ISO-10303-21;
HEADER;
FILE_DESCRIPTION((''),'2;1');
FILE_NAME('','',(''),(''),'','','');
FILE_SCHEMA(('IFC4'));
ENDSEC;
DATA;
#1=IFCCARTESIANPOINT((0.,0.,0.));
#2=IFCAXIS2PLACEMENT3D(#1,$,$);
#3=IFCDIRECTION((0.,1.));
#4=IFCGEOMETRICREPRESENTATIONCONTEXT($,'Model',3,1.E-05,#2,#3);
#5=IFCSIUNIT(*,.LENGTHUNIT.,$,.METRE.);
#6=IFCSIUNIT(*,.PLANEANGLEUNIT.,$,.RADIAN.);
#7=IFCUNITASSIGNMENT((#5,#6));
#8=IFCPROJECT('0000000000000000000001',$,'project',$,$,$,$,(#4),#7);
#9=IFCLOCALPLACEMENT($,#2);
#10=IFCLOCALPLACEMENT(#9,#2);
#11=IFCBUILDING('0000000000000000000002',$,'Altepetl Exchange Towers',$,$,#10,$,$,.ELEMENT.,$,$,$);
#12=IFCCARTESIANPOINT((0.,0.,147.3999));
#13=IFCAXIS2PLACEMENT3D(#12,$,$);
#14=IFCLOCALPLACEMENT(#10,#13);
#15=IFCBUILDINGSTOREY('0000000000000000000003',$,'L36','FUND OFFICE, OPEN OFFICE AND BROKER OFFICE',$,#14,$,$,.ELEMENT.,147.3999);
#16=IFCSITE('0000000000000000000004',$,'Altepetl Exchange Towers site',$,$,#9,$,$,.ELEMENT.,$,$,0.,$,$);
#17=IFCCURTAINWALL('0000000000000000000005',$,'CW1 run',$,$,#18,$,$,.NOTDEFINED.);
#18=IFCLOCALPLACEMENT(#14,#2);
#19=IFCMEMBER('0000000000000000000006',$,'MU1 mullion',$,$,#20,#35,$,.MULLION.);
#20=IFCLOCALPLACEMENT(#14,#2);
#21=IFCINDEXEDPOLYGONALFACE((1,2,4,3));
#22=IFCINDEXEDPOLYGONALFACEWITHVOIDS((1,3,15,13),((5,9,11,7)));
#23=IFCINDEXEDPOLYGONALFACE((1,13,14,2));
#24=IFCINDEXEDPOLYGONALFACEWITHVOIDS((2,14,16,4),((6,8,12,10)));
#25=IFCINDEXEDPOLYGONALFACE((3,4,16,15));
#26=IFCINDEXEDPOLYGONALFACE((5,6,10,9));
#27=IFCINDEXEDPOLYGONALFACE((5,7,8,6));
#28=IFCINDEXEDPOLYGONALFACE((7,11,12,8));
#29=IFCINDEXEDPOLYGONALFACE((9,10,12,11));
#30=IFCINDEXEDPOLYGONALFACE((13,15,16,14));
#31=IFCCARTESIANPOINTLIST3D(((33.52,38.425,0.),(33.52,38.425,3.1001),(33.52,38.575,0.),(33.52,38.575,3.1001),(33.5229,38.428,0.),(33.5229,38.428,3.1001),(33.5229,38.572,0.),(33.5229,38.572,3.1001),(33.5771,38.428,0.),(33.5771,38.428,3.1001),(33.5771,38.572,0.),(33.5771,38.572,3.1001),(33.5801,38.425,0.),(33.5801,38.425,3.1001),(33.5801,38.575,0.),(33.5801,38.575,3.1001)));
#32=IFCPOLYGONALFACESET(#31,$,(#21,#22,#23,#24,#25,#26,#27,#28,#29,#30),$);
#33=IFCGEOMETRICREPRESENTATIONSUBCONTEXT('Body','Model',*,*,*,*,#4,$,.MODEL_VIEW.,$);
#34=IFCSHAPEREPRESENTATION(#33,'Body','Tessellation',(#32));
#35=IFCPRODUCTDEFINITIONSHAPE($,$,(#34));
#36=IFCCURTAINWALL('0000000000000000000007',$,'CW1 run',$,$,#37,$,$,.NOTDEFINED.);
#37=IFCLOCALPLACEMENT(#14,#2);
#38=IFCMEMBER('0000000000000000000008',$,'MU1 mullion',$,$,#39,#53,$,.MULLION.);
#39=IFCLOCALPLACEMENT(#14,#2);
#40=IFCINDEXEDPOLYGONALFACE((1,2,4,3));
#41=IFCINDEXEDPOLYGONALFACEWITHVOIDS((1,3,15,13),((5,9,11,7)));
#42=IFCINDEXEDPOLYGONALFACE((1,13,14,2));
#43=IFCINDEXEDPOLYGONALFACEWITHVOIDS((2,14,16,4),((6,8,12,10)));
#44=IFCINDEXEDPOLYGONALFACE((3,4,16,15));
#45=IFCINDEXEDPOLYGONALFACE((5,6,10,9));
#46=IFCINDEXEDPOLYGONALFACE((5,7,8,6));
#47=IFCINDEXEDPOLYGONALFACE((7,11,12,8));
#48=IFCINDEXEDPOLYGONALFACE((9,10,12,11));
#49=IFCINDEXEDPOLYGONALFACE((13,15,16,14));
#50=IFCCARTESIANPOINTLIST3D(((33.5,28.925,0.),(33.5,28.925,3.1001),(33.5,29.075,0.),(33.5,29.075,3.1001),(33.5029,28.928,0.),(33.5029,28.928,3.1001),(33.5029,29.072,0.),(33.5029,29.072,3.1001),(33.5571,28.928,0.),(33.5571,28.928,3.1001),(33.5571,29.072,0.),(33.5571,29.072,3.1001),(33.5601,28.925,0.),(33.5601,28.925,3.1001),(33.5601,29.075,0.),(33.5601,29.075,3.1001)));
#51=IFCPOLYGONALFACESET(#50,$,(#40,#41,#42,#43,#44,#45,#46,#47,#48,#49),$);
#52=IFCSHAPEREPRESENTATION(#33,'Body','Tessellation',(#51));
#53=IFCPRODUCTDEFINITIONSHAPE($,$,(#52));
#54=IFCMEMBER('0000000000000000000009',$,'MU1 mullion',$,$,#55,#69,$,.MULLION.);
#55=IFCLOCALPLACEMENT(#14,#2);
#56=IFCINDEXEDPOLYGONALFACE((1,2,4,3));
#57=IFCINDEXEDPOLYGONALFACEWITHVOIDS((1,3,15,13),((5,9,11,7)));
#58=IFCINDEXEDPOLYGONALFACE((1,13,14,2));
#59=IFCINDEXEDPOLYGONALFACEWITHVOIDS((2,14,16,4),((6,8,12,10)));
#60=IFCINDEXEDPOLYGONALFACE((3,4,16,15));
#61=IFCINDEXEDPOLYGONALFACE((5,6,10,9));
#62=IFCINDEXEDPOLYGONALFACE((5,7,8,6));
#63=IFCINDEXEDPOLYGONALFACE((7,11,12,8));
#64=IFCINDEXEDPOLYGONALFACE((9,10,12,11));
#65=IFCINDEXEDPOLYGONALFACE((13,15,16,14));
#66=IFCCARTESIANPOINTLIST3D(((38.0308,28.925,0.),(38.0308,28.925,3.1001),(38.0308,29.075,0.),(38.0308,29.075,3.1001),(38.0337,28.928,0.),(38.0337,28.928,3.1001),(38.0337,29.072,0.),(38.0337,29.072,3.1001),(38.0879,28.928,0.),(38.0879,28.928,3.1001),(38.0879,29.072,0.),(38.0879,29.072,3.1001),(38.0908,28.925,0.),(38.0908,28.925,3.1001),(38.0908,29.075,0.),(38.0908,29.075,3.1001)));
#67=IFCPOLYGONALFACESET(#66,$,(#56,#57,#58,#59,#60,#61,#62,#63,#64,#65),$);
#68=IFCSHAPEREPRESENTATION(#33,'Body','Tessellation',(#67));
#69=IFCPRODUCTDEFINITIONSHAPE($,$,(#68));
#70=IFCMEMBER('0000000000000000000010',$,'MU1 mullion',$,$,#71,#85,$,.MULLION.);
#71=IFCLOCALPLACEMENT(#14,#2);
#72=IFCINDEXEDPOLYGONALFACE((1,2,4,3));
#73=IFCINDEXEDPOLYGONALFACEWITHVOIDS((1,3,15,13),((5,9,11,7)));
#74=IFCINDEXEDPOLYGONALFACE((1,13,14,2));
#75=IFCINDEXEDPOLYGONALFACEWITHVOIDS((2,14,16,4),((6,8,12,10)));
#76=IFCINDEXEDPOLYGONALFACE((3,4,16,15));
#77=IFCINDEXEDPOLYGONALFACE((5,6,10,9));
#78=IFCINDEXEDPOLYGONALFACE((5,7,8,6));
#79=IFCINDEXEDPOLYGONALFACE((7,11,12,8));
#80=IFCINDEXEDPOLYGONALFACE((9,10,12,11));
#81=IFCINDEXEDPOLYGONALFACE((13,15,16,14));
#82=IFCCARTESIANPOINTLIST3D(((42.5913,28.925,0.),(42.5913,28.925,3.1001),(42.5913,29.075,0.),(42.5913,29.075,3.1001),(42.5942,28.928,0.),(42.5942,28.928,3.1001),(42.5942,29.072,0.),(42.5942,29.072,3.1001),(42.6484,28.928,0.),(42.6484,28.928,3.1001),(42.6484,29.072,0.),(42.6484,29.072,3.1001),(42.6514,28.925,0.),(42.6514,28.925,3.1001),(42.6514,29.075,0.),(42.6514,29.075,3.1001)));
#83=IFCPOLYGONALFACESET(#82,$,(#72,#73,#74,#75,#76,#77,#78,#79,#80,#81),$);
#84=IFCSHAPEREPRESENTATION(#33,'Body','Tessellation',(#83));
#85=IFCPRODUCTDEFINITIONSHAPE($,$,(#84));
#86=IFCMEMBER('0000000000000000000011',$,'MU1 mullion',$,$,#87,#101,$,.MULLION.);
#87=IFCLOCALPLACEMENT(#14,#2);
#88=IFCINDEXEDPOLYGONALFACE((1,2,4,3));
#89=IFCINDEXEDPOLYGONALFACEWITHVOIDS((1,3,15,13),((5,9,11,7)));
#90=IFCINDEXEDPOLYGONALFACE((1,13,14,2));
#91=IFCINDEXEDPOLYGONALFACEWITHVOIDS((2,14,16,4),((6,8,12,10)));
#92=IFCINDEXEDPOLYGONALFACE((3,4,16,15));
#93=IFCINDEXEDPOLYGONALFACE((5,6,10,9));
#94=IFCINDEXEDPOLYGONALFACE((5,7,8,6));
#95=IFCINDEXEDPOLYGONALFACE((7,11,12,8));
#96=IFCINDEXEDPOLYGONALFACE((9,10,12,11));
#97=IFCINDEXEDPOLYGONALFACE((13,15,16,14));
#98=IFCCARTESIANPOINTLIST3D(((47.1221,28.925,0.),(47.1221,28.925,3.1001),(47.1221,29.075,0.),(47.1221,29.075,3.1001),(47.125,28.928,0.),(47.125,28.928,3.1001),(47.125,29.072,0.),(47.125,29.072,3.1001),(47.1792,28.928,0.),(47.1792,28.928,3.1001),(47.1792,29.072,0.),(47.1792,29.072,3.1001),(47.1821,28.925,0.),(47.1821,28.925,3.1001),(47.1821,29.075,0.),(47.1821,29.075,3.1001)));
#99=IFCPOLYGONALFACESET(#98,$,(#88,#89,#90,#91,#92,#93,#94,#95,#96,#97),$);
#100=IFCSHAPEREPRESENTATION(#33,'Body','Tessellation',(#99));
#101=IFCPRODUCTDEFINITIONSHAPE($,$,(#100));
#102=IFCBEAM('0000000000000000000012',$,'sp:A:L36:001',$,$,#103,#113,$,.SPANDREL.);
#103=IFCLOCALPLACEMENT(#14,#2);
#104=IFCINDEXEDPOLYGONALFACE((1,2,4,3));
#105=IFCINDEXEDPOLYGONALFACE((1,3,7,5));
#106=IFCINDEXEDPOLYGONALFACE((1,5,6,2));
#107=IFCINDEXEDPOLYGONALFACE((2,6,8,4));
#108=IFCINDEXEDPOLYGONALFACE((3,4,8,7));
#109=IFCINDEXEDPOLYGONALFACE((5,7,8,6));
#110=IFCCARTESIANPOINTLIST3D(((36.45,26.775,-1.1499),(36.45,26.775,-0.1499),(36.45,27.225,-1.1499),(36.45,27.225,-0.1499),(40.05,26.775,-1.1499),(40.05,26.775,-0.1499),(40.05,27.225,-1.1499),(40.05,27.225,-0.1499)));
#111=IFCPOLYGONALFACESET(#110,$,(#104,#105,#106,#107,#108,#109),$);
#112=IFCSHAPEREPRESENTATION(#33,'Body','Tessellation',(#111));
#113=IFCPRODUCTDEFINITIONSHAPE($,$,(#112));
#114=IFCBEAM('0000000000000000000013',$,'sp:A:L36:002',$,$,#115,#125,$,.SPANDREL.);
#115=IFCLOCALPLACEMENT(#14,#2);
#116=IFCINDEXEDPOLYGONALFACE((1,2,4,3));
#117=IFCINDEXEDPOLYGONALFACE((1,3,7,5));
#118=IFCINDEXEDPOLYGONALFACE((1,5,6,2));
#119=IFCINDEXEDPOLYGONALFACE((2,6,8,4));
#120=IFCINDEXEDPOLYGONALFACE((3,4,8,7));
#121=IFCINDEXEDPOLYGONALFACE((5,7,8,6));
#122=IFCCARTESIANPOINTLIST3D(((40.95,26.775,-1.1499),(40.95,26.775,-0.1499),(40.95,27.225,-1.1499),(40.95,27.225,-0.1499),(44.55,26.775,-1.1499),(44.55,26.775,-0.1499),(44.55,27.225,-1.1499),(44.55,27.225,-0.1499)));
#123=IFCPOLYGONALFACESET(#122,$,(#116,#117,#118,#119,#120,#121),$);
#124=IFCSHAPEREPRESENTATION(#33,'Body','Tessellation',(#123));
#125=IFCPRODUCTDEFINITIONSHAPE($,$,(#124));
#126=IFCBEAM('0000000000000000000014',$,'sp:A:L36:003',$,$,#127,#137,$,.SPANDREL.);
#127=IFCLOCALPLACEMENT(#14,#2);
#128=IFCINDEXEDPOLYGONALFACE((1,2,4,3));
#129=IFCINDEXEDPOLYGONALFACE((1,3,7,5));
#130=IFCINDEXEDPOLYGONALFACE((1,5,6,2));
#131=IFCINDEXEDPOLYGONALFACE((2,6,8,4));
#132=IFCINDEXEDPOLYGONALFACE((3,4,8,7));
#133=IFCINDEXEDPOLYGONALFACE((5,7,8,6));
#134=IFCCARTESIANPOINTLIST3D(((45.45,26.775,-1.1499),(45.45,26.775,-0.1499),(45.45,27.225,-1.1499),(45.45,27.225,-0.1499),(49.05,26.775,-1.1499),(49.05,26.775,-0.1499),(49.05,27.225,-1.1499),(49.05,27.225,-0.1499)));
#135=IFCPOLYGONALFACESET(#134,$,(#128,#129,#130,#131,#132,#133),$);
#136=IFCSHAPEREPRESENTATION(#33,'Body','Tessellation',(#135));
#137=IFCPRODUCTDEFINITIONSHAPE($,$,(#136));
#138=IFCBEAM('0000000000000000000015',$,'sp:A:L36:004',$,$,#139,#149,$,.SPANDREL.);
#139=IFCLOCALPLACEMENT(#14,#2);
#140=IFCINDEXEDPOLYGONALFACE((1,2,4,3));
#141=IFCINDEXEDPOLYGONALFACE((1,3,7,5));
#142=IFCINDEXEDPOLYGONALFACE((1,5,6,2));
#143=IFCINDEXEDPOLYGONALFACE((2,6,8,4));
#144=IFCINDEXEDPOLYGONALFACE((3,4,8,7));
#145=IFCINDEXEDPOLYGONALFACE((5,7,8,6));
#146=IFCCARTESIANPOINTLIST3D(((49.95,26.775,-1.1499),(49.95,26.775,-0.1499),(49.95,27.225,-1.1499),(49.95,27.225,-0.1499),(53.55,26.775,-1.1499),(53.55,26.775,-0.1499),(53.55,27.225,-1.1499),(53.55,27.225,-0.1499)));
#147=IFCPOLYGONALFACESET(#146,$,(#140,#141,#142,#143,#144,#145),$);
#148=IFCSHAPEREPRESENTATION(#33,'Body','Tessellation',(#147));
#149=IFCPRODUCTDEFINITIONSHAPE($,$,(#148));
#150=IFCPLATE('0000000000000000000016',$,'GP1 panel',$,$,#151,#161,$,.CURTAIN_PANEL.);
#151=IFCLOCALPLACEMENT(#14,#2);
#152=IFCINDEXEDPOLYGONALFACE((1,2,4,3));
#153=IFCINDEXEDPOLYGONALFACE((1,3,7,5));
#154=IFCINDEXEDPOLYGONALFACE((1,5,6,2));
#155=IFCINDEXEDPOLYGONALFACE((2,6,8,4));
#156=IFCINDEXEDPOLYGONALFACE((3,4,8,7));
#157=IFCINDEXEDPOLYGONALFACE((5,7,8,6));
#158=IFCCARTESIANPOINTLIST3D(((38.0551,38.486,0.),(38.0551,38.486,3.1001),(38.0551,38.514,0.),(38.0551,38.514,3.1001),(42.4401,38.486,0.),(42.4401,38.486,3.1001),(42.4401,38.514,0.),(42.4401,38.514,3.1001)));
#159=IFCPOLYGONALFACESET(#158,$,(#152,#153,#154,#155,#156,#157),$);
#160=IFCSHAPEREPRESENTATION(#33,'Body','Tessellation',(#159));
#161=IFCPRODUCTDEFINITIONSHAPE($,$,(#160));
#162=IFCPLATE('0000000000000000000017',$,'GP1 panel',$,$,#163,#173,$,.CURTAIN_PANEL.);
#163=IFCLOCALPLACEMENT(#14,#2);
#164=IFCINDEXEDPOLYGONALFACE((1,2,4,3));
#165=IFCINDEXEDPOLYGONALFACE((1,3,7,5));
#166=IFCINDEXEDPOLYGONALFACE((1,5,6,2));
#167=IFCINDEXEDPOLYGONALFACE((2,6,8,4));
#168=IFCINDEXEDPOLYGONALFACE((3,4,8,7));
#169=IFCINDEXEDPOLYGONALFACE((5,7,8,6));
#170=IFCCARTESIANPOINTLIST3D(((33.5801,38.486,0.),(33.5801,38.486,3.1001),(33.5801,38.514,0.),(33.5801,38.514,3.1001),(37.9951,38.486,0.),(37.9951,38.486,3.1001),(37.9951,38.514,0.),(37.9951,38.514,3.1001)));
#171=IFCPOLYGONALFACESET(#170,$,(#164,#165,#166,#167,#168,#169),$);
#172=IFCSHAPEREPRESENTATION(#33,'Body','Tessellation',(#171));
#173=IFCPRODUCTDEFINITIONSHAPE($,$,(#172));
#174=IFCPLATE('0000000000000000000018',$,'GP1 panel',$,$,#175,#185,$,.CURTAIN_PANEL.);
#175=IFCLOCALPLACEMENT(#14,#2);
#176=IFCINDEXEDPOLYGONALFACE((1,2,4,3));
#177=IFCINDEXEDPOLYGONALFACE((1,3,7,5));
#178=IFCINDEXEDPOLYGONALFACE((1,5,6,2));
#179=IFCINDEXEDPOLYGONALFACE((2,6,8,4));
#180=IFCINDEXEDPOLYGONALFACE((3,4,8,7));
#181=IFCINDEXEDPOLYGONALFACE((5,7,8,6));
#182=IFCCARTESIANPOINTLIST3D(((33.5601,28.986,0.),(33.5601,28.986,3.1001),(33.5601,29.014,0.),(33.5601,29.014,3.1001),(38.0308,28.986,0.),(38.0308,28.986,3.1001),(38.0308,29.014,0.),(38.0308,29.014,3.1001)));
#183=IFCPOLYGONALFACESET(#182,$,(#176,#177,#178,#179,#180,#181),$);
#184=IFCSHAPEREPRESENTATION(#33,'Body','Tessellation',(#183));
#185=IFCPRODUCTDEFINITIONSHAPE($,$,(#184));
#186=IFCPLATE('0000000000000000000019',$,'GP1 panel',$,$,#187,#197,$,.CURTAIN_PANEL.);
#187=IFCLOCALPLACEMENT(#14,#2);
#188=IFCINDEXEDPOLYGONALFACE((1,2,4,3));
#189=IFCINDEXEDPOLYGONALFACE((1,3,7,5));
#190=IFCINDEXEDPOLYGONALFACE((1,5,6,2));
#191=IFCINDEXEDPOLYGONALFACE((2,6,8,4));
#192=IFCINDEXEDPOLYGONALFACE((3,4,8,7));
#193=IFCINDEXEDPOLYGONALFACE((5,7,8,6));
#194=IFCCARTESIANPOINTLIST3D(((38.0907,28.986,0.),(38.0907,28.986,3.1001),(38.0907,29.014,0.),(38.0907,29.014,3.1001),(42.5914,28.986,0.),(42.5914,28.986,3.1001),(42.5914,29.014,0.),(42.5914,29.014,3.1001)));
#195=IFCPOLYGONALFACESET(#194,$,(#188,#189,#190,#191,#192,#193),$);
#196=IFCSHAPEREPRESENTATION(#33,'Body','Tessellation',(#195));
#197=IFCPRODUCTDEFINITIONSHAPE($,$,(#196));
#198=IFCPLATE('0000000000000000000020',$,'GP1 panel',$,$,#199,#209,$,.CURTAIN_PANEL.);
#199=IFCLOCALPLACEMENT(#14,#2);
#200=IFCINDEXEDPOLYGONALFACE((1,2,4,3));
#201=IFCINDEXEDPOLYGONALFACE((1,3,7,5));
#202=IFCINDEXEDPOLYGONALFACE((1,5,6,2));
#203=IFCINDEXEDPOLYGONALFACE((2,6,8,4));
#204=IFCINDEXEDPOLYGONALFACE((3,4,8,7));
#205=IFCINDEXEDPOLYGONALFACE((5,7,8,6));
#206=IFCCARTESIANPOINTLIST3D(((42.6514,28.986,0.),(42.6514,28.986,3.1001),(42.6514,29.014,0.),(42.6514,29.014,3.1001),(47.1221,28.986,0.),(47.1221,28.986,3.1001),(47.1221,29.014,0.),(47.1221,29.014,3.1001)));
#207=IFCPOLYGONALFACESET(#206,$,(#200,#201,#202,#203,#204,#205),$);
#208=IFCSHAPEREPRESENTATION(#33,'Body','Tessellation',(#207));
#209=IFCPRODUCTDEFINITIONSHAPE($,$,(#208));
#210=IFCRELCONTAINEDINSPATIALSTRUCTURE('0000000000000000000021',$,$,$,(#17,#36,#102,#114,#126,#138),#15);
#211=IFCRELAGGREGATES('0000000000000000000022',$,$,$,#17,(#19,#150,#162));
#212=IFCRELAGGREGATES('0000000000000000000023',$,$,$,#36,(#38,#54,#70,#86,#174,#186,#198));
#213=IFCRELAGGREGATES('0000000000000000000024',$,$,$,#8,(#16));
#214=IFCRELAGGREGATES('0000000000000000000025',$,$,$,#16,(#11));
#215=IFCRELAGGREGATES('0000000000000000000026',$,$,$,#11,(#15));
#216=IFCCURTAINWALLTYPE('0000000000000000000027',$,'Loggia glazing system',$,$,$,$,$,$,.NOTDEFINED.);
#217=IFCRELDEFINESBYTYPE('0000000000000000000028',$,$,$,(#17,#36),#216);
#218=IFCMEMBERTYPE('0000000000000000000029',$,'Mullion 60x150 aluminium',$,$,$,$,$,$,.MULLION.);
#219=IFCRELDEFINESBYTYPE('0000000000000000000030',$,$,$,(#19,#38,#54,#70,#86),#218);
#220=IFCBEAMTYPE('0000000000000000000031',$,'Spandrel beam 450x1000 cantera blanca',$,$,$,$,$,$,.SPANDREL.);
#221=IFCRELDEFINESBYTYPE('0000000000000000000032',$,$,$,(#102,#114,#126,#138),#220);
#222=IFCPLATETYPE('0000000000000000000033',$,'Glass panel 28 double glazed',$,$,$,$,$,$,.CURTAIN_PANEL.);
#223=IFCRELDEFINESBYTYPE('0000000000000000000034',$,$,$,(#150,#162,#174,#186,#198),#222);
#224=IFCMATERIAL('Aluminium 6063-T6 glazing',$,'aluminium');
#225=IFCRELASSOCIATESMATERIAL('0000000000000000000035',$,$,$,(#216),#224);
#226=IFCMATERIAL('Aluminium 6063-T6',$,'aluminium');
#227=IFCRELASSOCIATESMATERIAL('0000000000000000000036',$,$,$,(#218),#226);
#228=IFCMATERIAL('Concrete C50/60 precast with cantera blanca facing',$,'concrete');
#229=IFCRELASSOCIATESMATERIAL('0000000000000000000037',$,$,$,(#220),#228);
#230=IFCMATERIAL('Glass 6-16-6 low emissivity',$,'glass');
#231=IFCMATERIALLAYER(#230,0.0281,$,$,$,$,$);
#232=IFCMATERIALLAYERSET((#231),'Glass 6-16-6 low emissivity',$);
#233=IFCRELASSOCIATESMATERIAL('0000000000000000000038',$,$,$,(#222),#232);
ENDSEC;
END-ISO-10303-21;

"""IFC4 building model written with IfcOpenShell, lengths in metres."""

from ifc_helpers import new_model, si_unit, direction, frame, origin, origin_2d, place, context, subcontext, project, spatial, rectangle, hollow_rectangle, extrude, material, layer, layer_set, material_profile, profile_set, type_object, element, aggregate, save


model = new_model("IFC4")

# Units and contexts
model_context = context("Model", 3, precision=1e-05, world=origin(), true_north=direction((0.0, 1.0)))
body_context = subcontext(model_context, "Body", "Model", "MODEL_VIEW")
ifc_project = project(units=[si_unit("LENGTHUNIT", "METRE"), si_unit("PLANEANGLEUNIT", "RADIAN")], contexts=[model_context])

# Site, building, storey
site_placement = place(None, origin())
site = spatial("IfcSite", under=ifc_project, at=site_placement, Name="Altepetl Exchange Towers site", CompositionType="ELEMENT", RefElevation=0.0)
building_placement = place(site_placement, origin())
building = spatial("IfcBuilding", under=site, at=building_placement, Name="Altepetl Exchange Towers", CompositionType="ELEMENT")
storey_placement = place(building_placement, frame((0.0, 0.0, 147.3999)))
storey = spatial("IfcBuildingStorey", under=building, at=storey_placement, Name="L36", Description="FUND OFFICE, OPEN OFFICE AND BROKER OFFICE", CompositionType="ELEMENT", Elevation=147.3999)

# Shared definitions
ifc_material_1 = material(Name="Aluminium 6063-T6 glazing", Category="aluminium")
curtain_wall_type = type_object("IfcCurtainWallType", Name="Loggia glazing system", PredefinedType="NOTDEFINED", material=ifc_material_1)
ifc_material_2 = material(Name="Aluminium 6063-T6", Category="aluminium")
ifc_material_profile_1 = material_profile(ifc_material_2, hollow_rectangle(XDim=0.0601, YDim=0.1499, WallThickness=0.0029, at=origin_2d()), Name="Mullion 60x150 aluminium")
ifc_profile_set_1 = profile_set([ifc_material_profile_1], Name="Aluminium 6063-T6")
member_type = type_object("IfcMemberType", Name="Mullion 60x150 aluminium", PredefinedType="MULLION", material=ifc_profile_set_1)

# Curtain walls, members
curtain_wall_1_placement = place(storey_placement, origin())
curtain_wall_1 = element("IfcCurtainWall", 1, at=curtain_wall_1_placement, inside=storey, type_object=curtain_wall_type, Name="CW1 run", PredefinedType="NOTDEFINED")
member_1_placement = place(storey_placement, frame((33.55, 38.5, 0.0), z_axis=(0.0, 0.0, 1.0), x_axis=(-1.0, 0.0, 0.0)))
member_1 = element("IfcMember", 2, at=member_1_placement, type_object=member_type, Name="MU1 mullion", PredefinedType="MULLION", context=body_context, shape_type="SweptSolid", body=[
    extrude(hollow_rectangle(XDim=0.0601, YDim=0.1499, WallThickness=0.0029, at=origin_2d()), origin(), (0.0, 0.0, 1.0), 3.1001),
])
curtain_wall_2_placement = place(storey_placement, origin())
curtain_wall_2 = element("IfcCurtainWall", 3, at=curtain_wall_2_placement, inside=storey, type_object=curtain_wall_type, Name="CW1 run", PredefinedType="NOTDEFINED")
member_2_placement = place(storey_placement, frame((33.53, 29.0, 0.0)))
member_2 = element("IfcMember", 4, at=member_2_placement, type_object=member_type, Name="MU1 mullion", PredefinedType="MULLION", context=body_context, shape_type="SweptSolid", body=[
    extrude(hollow_rectangle(XDim=0.0601, YDim=0.1499, WallThickness=0.0029, at=origin_2d()), origin(), (0.0, 0.0, 1.0), 3.1001),
])
member_3_placement = place(storey_placement, frame((38.0608, 29.0, 0.0)))
member_3 = element("IfcMember", 5, at=member_3_placement, type_object=member_type, Name="MU1 mullion", PredefinedType="MULLION", context=body_context, shape_type="SweptSolid", body=[
    extrude(hollow_rectangle(XDim=0.0601, YDim=0.1499, WallThickness=0.0029, at=origin_2d()), origin(), (0.0, 0.0, 1.0), 3.1001),
])
member_4_placement = place(storey_placement, frame((42.6213, 29.0, 0.0)))
member_4 = element("IfcMember", 6, at=member_4_placement, type_object=member_type, Name="MU1 mullion", PredefinedType="MULLION", context=body_context, shape_type="SweptSolid", body=[
    extrude(hollow_rectangle(XDim=0.0601, YDim=0.1499, WallThickness=0.0029, at=origin_2d()), origin(), (0.0, 0.0, 1.0), 3.1001),
])
member_5_placement = place(storey_placement, frame((47.1521, 29.0, 0.0)))
member_5 = element("IfcMember", 7, at=member_5_placement, type_object=member_type, Name="MU1 mullion", PredefinedType="MULLION", context=body_context, shape_type="SweptSolid", body=[
    extrude(hollow_rectangle(XDim=0.0601, YDim=0.1499, WallThickness=0.0029, at=origin_2d()), origin(), (0.0, 0.0, 1.0), 3.1001),
])

# Beams
ifc_material_3 = material(Name="Concrete C50/60 precast with cantera blanca facing", Category="concrete")
ifc_material_profile_2 = material_profile(ifc_material_3, rectangle(XDim=0.45, YDim=1.0, at=origin_2d()), Name="450 x 1000")
ifc_profile_set_2 = profile_set([ifc_material_profile_2], Name="Concrete C50/60 precast with cantera blanca facing")
beam_type_1 = type_object("IfcBeamType", Name="Spandrel beam 450x1000 cantera blanca", PredefinedType="SPANDREL", material=ifc_profile_set_2)
for number, where, z_axis, x_axis, name in (
    (8, (36.45, 27.0, -0.6499), (1.0, 0.0, 0.0), (0.0, 1.0, 0.0), "sp:A:L36:001"),
    (9, (40.95, 27.0, -0.6499), (1.0, 0.0, 0.0), (0.0, 1.0, 0.0), "sp:A:L36:002"),
    (10, (45.45, 27.0, -0.6499), (1.0, 0.0, 0.0), (0.0, 1.0, 0.0), "sp:A:L36:003"),
    (11, (49.95, 27.0, -0.6499), (1.0, 0.0, 0.0), (0.0, 1.0, 0.0), "sp:A:L36:004"),
):
    element("IfcBeam", number, at=place(storey_placement, frame(where, z_axis=z_axis, x_axis=x_axis)), inside=storey, type_object=beam_type_1, Name=name, PredefinedType="SPANDREL", context=body_context, shape_type="SweptSolid", body=[
        extrude(rectangle(XDim=0.45, YDim=1.0, at=origin_2d()), origin(), (0.0, 0.0, 1.0), 3.6001),
    ])

# Plates
ifc_material_4 = material(Name="Glass 6-16-6 low emissivity", Category="glass")
ifc_layer_1 = layer(ifc_material_4, 0.0281)
ifc_layer_set_1 = layer_set([ifc_layer_1], Name="Glass 6-16-6 low emissivity")
plate_type = type_object("IfcPlateType", Name="Glass panel 28 double glazed", PredefinedType="CURTAIN_PANEL", material=ifc_layer_set_1)
plate_1_placement = place(storey_placement, frame((40.2476, 38.5, 0.0), z_axis=(0.0, 0.0, 1.0), x_axis=(-1.0, 0.0, 0.0)))
plate_1 = element("IfcPlate", 12, at=plate_1_placement, type_object=plate_type, Name="GP1 panel", PredefinedType="CURTAIN_PANEL", context=body_context, shape_type="SweptSolid", body=[
    extrude(rectangle(XDim=4.385, YDim=0.0281, at=origin_2d()), origin(), (0.0, 0.0, 1.0), 3.1001),
])
plate_2_placement = place(storey_placement, frame((35.7876, 38.5, 0.0), z_axis=(0.0, 0.0, 1.0), x_axis=(-1.0, 0.0, 0.0)))
plate_2 = element("IfcPlate", 13, at=plate_2_placement, type_object=plate_type, Name="GP1 panel", PredefinedType="CURTAIN_PANEL", context=body_context, shape_type="SweptSolid", body=[
    extrude(rectangle(XDim=4.415, YDim=0.0281, at=origin_2d()), origin(), (0.0, 0.0, 1.0), 3.1001),
])
aggregate(curtain_wall_1, [member_1, plate_1, plate_2])
plate_3_placement = place(storey_placement, frame((35.7954, 29.0, 0.0)))
plate_3 = element("IfcPlate", 14, at=plate_3_placement, type_object=plate_type, Name="GP1 panel", PredefinedType="CURTAIN_PANEL", context=body_context, shape_type="SweptSolid", body=[
    extrude(rectangle(XDim=4.4707, YDim=0.0281, at=origin_2d()), origin(), (0.0, 0.0, 1.0), 3.1001),
])
plate_4_placement = place(storey_placement, frame((40.3411, 29.0, 0.0)))
plate_4 = element("IfcPlate", 15, at=plate_4_placement, type_object=plate_type, Name="GP1 panel", PredefinedType="CURTAIN_PANEL", context=body_context, shape_type="SweptSolid", body=[
    extrude(rectangle(XDim=4.5007, YDim=0.0281, at=origin_2d()), origin(), (0.0, 0.0, 1.0), 3.1001),
])
plate_5_placement = place(storey_placement, frame((44.8867, 29.0, 0.0)))
plate_5 = element("IfcPlate", 16, at=plate_5_placement, type_object=plate_type, Name="GP1 panel", PredefinedType="CURTAIN_PANEL", context=body_context, shape_type="SweptSolid", body=[
    extrude(rectangle(XDim=4.4707, YDim=0.0281, at=origin_2d()), origin(), (0.0, 0.0, 1.0), 3.1001),
])
aggregate(curtain_wall_2, [member_2, member_3, member_4, member_5, plate_3, plate_4, plate_5])

save(model, "model.ifc")
